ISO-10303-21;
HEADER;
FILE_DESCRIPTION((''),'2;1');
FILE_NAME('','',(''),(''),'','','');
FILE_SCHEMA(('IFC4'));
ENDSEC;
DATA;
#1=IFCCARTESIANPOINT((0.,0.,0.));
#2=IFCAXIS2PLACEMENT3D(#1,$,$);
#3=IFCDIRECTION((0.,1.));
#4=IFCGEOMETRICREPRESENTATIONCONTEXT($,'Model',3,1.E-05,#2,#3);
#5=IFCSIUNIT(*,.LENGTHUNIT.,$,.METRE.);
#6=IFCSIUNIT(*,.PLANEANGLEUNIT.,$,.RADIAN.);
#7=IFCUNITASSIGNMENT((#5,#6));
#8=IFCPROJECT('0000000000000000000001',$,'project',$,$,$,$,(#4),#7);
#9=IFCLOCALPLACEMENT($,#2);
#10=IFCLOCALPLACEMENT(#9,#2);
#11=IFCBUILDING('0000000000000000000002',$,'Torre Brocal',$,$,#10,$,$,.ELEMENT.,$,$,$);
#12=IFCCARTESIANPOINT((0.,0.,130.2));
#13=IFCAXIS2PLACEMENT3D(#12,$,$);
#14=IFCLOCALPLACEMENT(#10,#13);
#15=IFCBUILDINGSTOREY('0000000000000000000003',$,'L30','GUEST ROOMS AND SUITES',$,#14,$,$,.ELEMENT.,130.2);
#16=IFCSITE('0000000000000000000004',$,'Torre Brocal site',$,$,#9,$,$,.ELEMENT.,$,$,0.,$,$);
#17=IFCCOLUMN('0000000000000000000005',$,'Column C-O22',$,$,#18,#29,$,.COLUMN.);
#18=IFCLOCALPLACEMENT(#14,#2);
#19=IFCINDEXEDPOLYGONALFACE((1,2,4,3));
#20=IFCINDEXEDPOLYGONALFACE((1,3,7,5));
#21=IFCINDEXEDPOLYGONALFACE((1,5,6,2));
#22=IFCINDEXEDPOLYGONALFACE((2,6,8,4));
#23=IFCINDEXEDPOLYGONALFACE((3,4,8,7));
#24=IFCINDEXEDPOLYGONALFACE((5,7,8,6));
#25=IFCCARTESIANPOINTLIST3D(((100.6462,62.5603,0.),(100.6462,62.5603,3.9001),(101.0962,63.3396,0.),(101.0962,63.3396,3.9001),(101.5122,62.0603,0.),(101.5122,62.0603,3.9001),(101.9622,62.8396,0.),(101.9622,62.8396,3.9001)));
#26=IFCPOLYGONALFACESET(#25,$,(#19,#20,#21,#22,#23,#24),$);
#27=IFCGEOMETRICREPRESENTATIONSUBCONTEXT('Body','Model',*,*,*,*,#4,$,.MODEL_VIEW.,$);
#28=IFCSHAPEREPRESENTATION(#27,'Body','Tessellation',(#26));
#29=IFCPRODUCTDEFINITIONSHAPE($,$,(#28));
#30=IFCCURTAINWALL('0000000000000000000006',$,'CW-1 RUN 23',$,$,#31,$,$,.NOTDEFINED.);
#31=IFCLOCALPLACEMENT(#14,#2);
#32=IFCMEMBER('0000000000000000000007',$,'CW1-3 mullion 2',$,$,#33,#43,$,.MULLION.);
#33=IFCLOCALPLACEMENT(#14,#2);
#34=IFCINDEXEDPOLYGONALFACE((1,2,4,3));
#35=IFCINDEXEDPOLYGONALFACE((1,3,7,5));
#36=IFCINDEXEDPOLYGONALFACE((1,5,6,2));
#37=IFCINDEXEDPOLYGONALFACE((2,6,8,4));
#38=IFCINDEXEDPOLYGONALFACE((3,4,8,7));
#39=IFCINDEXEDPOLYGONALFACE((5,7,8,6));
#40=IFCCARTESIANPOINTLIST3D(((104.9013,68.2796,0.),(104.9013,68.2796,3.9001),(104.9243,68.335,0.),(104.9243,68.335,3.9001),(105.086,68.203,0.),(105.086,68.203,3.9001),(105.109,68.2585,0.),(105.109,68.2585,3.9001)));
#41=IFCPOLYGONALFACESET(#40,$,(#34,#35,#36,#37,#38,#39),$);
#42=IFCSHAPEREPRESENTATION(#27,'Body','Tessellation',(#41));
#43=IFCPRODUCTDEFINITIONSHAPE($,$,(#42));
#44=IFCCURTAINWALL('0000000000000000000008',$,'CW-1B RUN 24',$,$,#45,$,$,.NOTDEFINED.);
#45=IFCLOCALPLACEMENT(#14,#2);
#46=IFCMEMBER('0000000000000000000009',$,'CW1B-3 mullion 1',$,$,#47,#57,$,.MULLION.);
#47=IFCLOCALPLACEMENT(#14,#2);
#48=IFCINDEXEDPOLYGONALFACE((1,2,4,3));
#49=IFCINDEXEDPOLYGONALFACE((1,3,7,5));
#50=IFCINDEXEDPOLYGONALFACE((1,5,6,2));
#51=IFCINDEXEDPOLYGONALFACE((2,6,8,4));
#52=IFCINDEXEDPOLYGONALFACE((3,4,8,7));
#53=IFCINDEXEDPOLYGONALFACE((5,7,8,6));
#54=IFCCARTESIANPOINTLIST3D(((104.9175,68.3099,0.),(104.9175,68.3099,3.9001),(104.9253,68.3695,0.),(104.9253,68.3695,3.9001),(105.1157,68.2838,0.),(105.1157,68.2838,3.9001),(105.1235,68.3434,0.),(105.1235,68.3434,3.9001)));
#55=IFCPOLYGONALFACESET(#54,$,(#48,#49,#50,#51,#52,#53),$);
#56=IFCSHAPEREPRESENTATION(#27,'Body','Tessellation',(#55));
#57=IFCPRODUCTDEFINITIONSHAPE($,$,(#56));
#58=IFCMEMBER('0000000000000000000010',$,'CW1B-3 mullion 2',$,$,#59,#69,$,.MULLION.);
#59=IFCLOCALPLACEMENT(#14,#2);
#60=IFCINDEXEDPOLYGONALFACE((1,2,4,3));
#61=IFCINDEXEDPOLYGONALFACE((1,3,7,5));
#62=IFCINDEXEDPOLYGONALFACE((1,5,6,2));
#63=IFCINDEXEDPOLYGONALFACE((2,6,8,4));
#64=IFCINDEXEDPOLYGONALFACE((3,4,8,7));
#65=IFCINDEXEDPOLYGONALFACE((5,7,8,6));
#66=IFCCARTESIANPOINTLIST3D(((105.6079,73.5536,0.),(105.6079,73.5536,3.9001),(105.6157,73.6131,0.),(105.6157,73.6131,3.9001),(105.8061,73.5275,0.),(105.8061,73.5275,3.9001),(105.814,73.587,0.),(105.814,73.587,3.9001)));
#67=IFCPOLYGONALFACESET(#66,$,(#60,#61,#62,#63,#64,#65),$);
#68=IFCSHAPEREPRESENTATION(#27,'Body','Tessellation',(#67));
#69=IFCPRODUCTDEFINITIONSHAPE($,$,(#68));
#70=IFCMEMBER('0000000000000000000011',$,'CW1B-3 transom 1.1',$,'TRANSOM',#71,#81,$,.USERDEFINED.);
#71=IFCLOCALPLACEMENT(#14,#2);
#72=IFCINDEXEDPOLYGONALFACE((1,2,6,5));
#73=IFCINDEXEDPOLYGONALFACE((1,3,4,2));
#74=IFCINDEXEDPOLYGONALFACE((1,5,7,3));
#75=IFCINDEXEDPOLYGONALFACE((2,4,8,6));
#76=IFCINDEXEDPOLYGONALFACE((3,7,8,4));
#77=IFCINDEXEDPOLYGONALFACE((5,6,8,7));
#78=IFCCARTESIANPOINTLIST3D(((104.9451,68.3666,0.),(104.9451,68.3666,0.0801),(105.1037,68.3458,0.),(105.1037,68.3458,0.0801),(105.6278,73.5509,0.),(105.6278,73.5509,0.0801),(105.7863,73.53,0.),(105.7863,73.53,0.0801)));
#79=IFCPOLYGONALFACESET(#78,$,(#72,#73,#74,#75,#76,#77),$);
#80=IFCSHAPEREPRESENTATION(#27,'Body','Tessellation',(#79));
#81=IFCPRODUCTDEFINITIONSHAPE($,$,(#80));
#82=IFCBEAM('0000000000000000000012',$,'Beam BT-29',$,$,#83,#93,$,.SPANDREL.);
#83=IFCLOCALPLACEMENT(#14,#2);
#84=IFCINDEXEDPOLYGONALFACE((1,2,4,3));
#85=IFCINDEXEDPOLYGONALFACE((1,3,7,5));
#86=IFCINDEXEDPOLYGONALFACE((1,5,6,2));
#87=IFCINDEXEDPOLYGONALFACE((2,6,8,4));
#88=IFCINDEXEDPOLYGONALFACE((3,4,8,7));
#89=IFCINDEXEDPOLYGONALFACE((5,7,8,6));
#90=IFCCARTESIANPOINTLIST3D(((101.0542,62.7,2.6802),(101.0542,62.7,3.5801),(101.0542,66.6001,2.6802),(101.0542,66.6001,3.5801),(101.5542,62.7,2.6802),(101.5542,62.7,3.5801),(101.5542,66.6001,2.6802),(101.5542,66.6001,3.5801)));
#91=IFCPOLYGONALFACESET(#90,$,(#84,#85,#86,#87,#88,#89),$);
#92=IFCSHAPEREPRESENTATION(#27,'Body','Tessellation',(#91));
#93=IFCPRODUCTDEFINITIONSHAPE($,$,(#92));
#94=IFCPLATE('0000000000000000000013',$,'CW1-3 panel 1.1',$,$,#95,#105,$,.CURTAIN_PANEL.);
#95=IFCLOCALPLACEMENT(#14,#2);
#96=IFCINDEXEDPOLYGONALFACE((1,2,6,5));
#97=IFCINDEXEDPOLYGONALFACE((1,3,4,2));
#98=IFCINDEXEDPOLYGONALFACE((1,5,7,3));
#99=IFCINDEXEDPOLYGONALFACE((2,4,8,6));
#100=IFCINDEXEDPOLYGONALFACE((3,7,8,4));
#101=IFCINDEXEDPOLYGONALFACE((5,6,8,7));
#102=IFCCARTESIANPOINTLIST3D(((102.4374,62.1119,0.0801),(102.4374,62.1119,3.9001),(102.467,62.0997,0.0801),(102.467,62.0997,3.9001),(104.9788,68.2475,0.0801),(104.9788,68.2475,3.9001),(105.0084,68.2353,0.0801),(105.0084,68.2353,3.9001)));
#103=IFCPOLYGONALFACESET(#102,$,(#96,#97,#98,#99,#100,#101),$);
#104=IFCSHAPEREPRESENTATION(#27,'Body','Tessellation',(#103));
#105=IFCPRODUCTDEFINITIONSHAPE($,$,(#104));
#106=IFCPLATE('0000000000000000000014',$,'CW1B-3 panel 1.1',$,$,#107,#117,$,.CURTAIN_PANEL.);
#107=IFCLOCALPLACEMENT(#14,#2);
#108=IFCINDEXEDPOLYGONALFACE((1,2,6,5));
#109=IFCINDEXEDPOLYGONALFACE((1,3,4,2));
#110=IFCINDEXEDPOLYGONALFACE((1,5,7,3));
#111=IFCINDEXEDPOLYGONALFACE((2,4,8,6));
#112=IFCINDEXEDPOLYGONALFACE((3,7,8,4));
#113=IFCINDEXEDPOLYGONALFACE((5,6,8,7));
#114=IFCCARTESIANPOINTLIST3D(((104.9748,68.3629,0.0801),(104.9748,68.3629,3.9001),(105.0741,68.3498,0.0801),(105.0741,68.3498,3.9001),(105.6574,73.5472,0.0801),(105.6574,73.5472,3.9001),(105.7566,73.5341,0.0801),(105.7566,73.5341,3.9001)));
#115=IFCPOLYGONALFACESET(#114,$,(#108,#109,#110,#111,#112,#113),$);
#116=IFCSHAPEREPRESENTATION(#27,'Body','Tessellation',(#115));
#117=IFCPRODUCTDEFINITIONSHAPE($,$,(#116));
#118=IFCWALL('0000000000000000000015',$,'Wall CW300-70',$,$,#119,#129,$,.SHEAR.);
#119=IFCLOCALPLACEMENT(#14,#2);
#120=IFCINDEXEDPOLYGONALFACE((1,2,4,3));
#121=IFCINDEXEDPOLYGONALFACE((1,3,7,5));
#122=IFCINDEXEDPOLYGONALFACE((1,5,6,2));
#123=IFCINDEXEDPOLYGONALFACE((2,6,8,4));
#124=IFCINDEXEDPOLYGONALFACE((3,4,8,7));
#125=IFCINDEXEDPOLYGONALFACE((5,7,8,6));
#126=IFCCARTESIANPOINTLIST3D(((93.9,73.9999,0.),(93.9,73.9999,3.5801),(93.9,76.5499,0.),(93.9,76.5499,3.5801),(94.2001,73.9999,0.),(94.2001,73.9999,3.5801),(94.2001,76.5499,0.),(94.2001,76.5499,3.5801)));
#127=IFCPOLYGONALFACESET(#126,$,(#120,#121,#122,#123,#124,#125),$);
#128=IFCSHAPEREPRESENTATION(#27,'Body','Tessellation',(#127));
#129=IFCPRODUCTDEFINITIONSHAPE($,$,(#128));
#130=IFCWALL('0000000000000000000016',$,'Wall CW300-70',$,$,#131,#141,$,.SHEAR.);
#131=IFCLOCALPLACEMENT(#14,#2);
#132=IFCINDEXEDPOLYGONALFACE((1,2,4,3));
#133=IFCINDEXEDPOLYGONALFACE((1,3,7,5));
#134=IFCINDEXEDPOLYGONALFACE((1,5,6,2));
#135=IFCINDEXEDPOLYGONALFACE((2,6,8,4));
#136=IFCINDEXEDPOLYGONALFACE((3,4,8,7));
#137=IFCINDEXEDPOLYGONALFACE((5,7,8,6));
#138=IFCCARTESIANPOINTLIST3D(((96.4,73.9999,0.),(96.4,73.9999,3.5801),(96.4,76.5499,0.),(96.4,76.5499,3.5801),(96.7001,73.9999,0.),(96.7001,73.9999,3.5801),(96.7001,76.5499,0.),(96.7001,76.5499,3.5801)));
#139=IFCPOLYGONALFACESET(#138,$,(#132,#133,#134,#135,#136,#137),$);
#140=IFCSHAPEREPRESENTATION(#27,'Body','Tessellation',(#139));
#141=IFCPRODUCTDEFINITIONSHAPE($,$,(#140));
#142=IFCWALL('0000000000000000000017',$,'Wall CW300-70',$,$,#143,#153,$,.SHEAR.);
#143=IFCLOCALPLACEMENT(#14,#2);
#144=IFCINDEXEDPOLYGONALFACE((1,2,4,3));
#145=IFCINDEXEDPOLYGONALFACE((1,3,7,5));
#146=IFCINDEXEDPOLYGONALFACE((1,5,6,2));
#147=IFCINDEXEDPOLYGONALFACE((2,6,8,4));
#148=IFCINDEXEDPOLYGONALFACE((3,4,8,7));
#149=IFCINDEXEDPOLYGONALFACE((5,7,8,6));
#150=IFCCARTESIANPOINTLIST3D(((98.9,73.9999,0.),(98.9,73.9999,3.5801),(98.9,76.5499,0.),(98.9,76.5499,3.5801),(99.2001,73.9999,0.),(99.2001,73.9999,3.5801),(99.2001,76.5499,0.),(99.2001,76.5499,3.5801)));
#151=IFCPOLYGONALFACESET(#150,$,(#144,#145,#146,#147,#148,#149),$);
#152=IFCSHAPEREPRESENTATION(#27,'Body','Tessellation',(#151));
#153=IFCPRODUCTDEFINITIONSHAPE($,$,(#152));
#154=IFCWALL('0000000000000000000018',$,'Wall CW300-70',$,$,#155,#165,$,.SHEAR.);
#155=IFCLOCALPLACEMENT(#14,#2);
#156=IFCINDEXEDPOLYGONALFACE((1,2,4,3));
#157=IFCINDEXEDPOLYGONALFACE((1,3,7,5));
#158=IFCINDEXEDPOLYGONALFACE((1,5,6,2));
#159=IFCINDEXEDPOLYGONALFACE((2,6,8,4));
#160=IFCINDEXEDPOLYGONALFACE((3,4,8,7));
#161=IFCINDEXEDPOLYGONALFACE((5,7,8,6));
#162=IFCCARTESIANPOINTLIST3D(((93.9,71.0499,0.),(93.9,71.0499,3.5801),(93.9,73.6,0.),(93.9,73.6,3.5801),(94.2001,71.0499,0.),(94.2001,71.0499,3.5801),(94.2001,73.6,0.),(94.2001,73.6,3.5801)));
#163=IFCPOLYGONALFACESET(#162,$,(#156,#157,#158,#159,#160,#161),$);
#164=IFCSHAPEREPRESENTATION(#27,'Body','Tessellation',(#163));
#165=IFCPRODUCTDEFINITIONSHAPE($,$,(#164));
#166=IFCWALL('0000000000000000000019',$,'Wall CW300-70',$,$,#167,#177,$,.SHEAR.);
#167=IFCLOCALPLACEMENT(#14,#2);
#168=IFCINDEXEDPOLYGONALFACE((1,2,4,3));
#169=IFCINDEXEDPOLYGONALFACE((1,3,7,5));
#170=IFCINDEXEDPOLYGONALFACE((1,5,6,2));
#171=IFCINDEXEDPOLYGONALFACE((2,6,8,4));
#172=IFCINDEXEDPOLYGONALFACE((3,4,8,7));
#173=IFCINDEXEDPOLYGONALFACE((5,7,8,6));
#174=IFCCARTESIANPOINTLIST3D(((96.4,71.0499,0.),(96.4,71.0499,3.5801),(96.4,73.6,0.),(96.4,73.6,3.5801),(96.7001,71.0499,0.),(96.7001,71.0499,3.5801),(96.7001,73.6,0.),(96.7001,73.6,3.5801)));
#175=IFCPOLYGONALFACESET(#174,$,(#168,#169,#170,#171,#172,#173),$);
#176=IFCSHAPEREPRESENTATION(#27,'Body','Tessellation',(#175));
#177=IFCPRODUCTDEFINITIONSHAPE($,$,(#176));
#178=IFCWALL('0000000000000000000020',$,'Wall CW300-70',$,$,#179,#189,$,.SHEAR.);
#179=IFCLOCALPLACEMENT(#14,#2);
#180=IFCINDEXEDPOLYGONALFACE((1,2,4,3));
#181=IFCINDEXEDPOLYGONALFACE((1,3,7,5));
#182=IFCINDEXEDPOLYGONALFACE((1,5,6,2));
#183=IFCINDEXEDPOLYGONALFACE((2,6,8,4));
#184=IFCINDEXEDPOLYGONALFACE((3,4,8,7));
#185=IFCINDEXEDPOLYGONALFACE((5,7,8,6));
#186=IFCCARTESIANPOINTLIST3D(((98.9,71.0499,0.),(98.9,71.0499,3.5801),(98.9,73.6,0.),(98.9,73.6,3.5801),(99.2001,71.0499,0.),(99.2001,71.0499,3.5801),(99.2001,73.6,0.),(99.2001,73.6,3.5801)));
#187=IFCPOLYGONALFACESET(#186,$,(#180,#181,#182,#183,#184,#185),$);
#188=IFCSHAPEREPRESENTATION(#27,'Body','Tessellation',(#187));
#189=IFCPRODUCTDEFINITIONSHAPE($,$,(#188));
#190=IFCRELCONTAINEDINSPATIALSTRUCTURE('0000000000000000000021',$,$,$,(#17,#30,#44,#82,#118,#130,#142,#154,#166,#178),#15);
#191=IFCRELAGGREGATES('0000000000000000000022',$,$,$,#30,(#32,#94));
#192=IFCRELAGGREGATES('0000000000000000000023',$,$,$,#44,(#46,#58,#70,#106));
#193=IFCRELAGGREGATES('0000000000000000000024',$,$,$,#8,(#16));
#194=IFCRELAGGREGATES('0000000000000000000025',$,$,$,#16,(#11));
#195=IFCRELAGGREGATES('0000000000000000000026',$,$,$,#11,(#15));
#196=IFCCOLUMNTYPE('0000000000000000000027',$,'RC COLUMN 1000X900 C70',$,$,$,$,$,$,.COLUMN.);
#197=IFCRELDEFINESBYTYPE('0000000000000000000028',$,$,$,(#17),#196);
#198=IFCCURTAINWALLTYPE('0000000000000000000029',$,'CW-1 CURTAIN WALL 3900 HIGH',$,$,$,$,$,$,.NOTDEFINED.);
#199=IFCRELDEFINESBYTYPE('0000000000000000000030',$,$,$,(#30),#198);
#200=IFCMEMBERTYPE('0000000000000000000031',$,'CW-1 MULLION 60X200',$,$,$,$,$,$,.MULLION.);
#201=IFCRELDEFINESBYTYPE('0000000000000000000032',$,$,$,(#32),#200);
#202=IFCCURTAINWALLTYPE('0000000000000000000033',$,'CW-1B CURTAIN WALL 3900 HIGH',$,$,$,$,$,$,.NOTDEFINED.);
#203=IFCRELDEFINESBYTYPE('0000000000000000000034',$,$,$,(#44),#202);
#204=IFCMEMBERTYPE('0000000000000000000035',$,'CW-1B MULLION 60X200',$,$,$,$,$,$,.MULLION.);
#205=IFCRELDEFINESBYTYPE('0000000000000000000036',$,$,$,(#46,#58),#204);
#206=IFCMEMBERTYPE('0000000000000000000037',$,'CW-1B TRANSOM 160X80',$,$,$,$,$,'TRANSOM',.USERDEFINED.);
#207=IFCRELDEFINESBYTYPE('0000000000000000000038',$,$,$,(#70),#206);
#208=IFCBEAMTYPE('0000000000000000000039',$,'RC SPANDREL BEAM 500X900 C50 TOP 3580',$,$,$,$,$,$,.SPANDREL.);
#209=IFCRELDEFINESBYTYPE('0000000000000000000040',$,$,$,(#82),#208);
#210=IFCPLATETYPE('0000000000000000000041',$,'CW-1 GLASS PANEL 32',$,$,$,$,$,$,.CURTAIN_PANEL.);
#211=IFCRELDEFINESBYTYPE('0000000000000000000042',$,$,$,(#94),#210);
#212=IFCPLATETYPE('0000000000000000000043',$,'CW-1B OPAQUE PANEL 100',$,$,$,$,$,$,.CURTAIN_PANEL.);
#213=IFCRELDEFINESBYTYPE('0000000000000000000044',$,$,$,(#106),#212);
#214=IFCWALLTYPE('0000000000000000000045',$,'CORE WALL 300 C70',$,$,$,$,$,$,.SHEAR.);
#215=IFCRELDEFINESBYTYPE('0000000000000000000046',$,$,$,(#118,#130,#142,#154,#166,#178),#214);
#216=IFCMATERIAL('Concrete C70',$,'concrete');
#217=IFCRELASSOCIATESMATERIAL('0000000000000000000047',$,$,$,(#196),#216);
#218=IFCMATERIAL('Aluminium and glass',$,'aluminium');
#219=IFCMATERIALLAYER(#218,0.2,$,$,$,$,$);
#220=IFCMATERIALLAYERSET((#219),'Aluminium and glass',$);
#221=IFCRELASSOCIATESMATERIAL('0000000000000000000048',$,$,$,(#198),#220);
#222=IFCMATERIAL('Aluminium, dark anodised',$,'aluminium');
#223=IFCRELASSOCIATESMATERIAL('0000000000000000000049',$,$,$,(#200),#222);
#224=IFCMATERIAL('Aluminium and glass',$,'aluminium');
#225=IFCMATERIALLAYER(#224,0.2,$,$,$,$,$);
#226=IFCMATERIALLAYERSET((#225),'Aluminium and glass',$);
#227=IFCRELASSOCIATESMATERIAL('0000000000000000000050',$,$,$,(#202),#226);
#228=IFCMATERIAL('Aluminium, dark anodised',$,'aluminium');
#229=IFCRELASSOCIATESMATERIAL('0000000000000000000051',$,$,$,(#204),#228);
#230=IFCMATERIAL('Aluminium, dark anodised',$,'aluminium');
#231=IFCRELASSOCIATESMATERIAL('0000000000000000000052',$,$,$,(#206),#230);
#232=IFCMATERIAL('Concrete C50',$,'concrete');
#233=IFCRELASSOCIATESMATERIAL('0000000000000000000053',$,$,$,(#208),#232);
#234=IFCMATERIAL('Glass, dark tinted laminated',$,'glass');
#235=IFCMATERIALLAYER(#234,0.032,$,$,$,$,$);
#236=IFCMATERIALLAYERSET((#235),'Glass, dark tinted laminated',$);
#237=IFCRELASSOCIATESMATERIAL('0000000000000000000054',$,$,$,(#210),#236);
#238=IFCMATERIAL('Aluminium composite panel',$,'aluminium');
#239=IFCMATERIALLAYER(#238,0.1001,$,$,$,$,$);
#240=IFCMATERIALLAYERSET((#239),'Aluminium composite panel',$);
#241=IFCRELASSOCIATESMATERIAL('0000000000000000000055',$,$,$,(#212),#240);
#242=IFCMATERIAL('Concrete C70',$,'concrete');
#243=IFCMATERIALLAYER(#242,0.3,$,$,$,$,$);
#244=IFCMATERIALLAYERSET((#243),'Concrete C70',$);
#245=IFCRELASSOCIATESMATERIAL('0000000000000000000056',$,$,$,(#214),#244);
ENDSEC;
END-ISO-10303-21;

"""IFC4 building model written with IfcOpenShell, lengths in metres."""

from ifc_helpers import new_model, si_unit, direction, frame, frame_2d, origin, origin_2d, place, context, subcontext, project, spatial, rectangle, extrude, material, layer, layer_set, material_profile, profile_set, type_object, element, aggregate, save


model = new_model("IFC4")

# Units and contexts
model_context = context("Model", 3, precision=1e-05, world=origin(), true_north=direction((0.0, 1.0)))
body_context = subcontext(model_context, "Body", "Model", "MODEL_VIEW")
ifc_project = project(units=[si_unit("LENGTHUNIT", "METRE"), si_unit("PLANEANGLEUNIT", "RADIAN")], contexts=[model_context])

# Site, building, storey
site_placement = place(None, origin())
site = spatial("IfcSite", under=ifc_project, at=site_placement, Name="Torre Brocal site", CompositionType="ELEMENT", RefElevation=0.0)
building_placement = place(site_placement, origin())
building = spatial("IfcBuilding", under=site, at=building_placement, Name="Torre Brocal", CompositionType="ELEMENT")
storey_placement = place(building_placement, frame((0.0, 0.0, 130.2)))
storey = spatial("IfcBuildingStorey", under=building, at=storey_placement, Name="L30", Description="GUEST ROOMS AND SUITES", CompositionType="ELEMENT", Elevation=130.2)

# Column
ifc_material_1 = material(Name="Concrete C70", Category="concrete")
ifc_material_profile_1 = material_profile(ifc_material_1, rectangle(XDim=1.0, YDim=0.8999, at=origin_2d()), Name="RC 1000X900")
ifc_profile_set_1 = profile_set([ifc_material_profile_1], Name="Concrete C70")
column_type = type_object("IfcColumnType", Name="RC COLUMN 1000X900 C70", PredefinedType="COLUMN", material=ifc_profile_set_1)
column_placement = place(storey_placement, frame((101.3042, 62.7, 0.0), z_axis=(0.0, 0.0, 1.0), x_axis=(0.866025, -0.5, 0.0)))
element("IfcColumn", 1, at=column_placement, inside=storey, type_object=column_type, Name="Column C-O22", PredefinedType="COLUMN", context=body_context, shape_type="SweptSolid", body=[
    extrude(rectangle(XDim=1.0, YDim=0.8999, at=origin_2d()), origin(), (0.0, 0.0, 1.0), 3.9001),
])

# Curtain wall, member
ifc_material_2 = material(Name="Aluminium and glass", Category="aluminium")
ifc_layer_1 = layer(ifc_material_2, 0.2)
ifc_layer_set_1 = layer_set([ifc_layer_1], Name="Aluminium and glass")
curtain_wall_type_1 = type_object("IfcCurtainWallType", Name="CW-1 CURTAIN WALL 3900 HIGH", PredefinedType="NOTDEFINED", material=ifc_layer_set_1)
curtain_wall_1_placement = place(storey_placement, origin())
curtain_wall_1 = element("IfcCurtainWall", 2, at=curtain_wall_1_placement, inside=storey, type_object=curtain_wall_type_1, Name="CW-1 RUN 23", PredefinedType="NOTDEFINED")
ifc_material_3 = material(Name="Aluminium, dark anodised", Category="aluminium")
ifc_material_profile_2 = material_profile(ifc_material_3, rectangle(XDim=0.2, YDim=0.0601, at=origin_2d()), Name="CW-1 MULLION 60X200")
ifc_profile_set_2 = profile_set([ifc_material_profile_2], Name="Aluminium, dark anodised")
member_type_1 = type_object("IfcMemberType", Name="CW-1 MULLION 60X200", PredefinedType="MULLION", material=ifc_profile_set_2)
member_1_placement = place(storey_placement, frame((105.0051, 68.269, 0.0), z_axis=(0.0, 0.0, 1.0), x_axis=(-0.92388, 0.382683, 0.0)))
member_1 = element("IfcMember", 3, at=member_1_placement, type_object=member_type_1, Name="CW1-3 mullion 2", PredefinedType="MULLION", context=body_context, shape_type="SweptSolid", body=[
    extrude(rectangle(XDim=0.2, YDim=0.0601, at=origin_2d()), origin(), (0.0, 0.0, 1.0), 3.9001),
])

# Curtain wall, members
ifc_material_4 = material(Name="Aluminium and glass", Category="aluminium")
ifc_layer_2 = layer(ifc_material_4, 0.2)
ifc_layer_set_2 = layer_set([ifc_layer_2], Name="Aluminium and glass")
curtain_wall_type_2 = type_object("IfcCurtainWallType", Name="CW-1B CURTAIN WALL 3900 HIGH", PredefinedType="NOTDEFINED", material=ifc_layer_set_2)
curtain_wall_2_placement = place(storey_placement, origin())
curtain_wall_2 = element("IfcCurtainWall", 4, at=curtain_wall_2_placement, inside=storey, type_object=curtain_wall_type_2, Name="CW-1B RUN 24", PredefinedType="NOTDEFINED")
ifc_material_5 = material(Name="Aluminium, dark anodised", Category="aluminium")
ifc_material_profile_3 = material_profile(ifc_material_5, rectangle(XDim=0.2, YDim=0.0601, at=origin_2d()), Name="CW-1B MULLION 60X200")
ifc_profile_set_3 = profile_set([ifc_material_profile_3], Name="Aluminium, dark anodised")
member_type_2 = type_object("IfcMemberType", Name="CW-1B MULLION 60X200", PredefinedType="MULLION", material=ifc_profile_set_3)
member_2_placement = place(storey_placement, frame((105.0205, 68.3267, 0.0), z_axis=(0.0, 0.0, 1.0), x_axis=(-0.991445, 0.130526, 0.0)))
member_2 = element("IfcMember", 5, at=member_2_placement, type_object=member_type_2, Name="CW1B-3 mullion 1", PredefinedType="MULLION", context=body_context, shape_type="SweptSolid", body=[
    extrude(rectangle(XDim=0.2, YDim=0.0601, at=origin_2d()), origin(), (0.0, 0.0, 1.0), 3.9001),
])
member_3_placement = place(storey_placement, frame((105.7109, 73.5703, 0.0), z_axis=(0.0, 0.0, 1.0), x_axis=(-0.991445, 0.130526, 0.0)))
member_3 = element("IfcMember", 6, at=member_3_placement, type_object=member_type_2, Name="CW1B-3 mullion 2", PredefinedType="MULLION", context=body_context, shape_type="SweptSolid", body=[
    extrude(rectangle(XDim=0.2, YDim=0.0601, at=origin_2d()), origin(), (0.0, 0.0, 1.0), 3.9001),
])
ifc_material_6 = material(Name="Aluminium, dark anodised", Category="aluminium")
ifc_material_profile_4 = material_profile(ifc_material_6, rectangle(XDim=0.1599, YDim=0.0801, at=origin_2d()), Name="CW-1B TRANSOM 160X80")
ifc_profile_set_4 = profile_set([ifc_material_profile_4], Name="Aluminium, dark anodised")
member_type_3 = type_object("IfcMemberType", Name="CW-1B TRANSOM 160X80", ElementType="TRANSOM", PredefinedType="USERDEFINED", material=ifc_profile_set_4)
member_4_placement = place(storey_placement, frame((105.0244, 68.3562, 0.04), z_axis=(0.130543, 0.991443, 0.0), x_axis=(-0.991443, 0.130543, 0.0)))
member_4 = element("IfcMember", 7, at=member_4_placement, type_object=member_type_3, Name="CW1B-3 transom 1.1", ObjectType="TRANSOM", PredefinedType="USERDEFINED", context=body_context, shape_type="SweptSolid", body=[
    extrude(rectangle(XDim=0.1599, YDim=0.0801, at=origin_2d()), origin(), (0.0, 0.0, 1.0), 5.229),
])

# Beam
ifc_material_7 = material(Name="Concrete C50", Category="concrete")
ifc_material_profile_5 = material_profile(ifc_material_7, rectangle(XDim=0.5, YDim=0.8999, at=origin_2d()), Name="RC 500X900")
ifc_profile_set_5 = profile_set([ifc_material_profile_5], Name="Concrete C50")
beam_type = type_object("IfcBeamType", Name="RC SPANDREL BEAM 500X900 C50 TOP 3580", PredefinedType="SPANDREL", material=ifc_profile_set_5)
beam_placement = place(storey_placement, frame((101.3042, 62.7, 3.1301), z_axis=(0.0, 1.0, 0.0), x_axis=(-1.0, 0.0, 0.0)))
element("IfcBeam", 8, at=beam_placement, inside=storey, type_object=beam_type, Name="Beam BT-29", PredefinedType="SPANDREL", context=body_context, shape_type="SweptSolid", body=[
    extrude(rectangle(XDim=0.5, YDim=0.8999, at=origin_2d()), origin(), (0.0, 0.0, 1.0), 3.9001),
])

# Plates
ifc_material_8 = material(Name="Glass, dark tinted laminated", Category="glass")
ifc_layer_3 = layer(ifc_material_8, 0.032)
ifc_layer_set_3 = layer_set([ifc_layer_3], Name="Glass, dark tinted laminated")
plate_type_1 = type_object("IfcPlateType", Name="CW-1 GLASS PANEL 32", PredefinedType="CURTAIN_PANEL", material=ifc_layer_set_3)
plate_1_placement = place(storey_placement, frame((103.7229, 65.1736, 0.0801), z_axis=(0.0, 0.0, 1.0), x_axis=(0.382683, 0.92388, 0.0)))
plate_1 = element("IfcPlate", 9, at=plate_1_placement, type_object=plate_type_1, Name="CW1-3 panel 1.1", PredefinedType="CURTAIN_PANEL", context=body_context, shape_type="SweptSolid", body=[
    extrude(rectangle(XDim=6.6411, YDim=0.032, at=origin_2d()), origin(), (0.0, 0.0, 1.0), 3.8201),
])
aggregate(curtain_wall_1, [member_1, plate_1])
ifc_material_9 = material(Name="Aluminium composite panel", Category="aluminium")
ifc_layer_4 = layer(ifc_material_9, 0.1001)
ifc_layer_set_4 = layer_set([ifc_layer_4], Name="Aluminium composite panel")
plate_type_2 = type_object("IfcPlateType", Name="CW-1B OPAQUE PANEL 100", PredefinedType="CURTAIN_PANEL", material=ifc_layer_set_4)
plate_2_placement = place(storey_placement, frame((105.3657, 70.9485, 0.0801), z_axis=(0.0, 0.0, 1.0), x_axis=(0.130526, 0.991445, 0.0)))
plate_2 = element("IfcPlate", 10, at=plate_2_placement, type_object=plate_type_2, Name="CW1B-3 panel 1.1", PredefinedType="CURTAIN_PANEL", context=body_context, shape_type="SweptSolid", body=[
    extrude(rectangle(XDim=5.229, YDim=0.1001, at=origin_2d()), origin(), (0.0, 0.0, 1.0), 3.8201),
])
aggregate(curtain_wall_2, [member_2, member_3, member_4, plate_2])

# Walls
ifc_material_10 = material(Name="Concrete C70", Category="concrete")
ifc_layer_5 = layer(ifc_material_10, 0.3)
ifc_layer_set_5 = layer_set([ifc_layer_5], Name="Concrete C70")
wall_type_1 = type_object("IfcWallType", Name="CORE WALL 300 C70", PredefinedType="SHEAR", material=ifc_layer_set_5)
for number, where, z_axis, x_axis, name in (
    (11, (94.05, 74.0, 0.0), (0.0, 0.0, 1.0), (0.0, 1.0, 0.0), "Wall CW300-70"),
    (12, (96.55, 74.0, 0.0), (0.0, 0.0, 1.0), (0.0, 1.0, 0.0), "Wall CW300-70"),
    (13, (99.05, 74.0, 0.0), (0.0, 0.0, 1.0), (0.0, 1.0, 0.0), "Wall CW300-70"),
    (14, (94.05, 71.05, 0.0), (0.0, 0.0, 1.0), (0.0, 1.0, 0.0), "Wall CW300-70"),
    (15, (96.55, 71.05, 0.0), (0.0, 0.0, 1.0), (0.0, 1.0, 0.0), "Wall CW300-70"),
    (16, (99.05, 71.05, 0.0), (0.0, 0.0, 1.0), (0.0, 1.0, 0.0), "Wall CW300-70"),
):
    element("IfcWall", number, at=place(storey_placement, frame(where, z_axis=z_axis, x_axis=x_axis)), inside=storey, type_object=wall_type_1, Name=name, PredefinedType="SHEAR", context=body_context, shape_type="SweptSolid", body=[
        extrude(rectangle(XDim=2.55, YDim=0.3, at=frame_2d((1.2749, 0.0))), origin(), (0.0, 0.0, 1.0), 3.5801),
    ])

save(model, "model.ifc")
